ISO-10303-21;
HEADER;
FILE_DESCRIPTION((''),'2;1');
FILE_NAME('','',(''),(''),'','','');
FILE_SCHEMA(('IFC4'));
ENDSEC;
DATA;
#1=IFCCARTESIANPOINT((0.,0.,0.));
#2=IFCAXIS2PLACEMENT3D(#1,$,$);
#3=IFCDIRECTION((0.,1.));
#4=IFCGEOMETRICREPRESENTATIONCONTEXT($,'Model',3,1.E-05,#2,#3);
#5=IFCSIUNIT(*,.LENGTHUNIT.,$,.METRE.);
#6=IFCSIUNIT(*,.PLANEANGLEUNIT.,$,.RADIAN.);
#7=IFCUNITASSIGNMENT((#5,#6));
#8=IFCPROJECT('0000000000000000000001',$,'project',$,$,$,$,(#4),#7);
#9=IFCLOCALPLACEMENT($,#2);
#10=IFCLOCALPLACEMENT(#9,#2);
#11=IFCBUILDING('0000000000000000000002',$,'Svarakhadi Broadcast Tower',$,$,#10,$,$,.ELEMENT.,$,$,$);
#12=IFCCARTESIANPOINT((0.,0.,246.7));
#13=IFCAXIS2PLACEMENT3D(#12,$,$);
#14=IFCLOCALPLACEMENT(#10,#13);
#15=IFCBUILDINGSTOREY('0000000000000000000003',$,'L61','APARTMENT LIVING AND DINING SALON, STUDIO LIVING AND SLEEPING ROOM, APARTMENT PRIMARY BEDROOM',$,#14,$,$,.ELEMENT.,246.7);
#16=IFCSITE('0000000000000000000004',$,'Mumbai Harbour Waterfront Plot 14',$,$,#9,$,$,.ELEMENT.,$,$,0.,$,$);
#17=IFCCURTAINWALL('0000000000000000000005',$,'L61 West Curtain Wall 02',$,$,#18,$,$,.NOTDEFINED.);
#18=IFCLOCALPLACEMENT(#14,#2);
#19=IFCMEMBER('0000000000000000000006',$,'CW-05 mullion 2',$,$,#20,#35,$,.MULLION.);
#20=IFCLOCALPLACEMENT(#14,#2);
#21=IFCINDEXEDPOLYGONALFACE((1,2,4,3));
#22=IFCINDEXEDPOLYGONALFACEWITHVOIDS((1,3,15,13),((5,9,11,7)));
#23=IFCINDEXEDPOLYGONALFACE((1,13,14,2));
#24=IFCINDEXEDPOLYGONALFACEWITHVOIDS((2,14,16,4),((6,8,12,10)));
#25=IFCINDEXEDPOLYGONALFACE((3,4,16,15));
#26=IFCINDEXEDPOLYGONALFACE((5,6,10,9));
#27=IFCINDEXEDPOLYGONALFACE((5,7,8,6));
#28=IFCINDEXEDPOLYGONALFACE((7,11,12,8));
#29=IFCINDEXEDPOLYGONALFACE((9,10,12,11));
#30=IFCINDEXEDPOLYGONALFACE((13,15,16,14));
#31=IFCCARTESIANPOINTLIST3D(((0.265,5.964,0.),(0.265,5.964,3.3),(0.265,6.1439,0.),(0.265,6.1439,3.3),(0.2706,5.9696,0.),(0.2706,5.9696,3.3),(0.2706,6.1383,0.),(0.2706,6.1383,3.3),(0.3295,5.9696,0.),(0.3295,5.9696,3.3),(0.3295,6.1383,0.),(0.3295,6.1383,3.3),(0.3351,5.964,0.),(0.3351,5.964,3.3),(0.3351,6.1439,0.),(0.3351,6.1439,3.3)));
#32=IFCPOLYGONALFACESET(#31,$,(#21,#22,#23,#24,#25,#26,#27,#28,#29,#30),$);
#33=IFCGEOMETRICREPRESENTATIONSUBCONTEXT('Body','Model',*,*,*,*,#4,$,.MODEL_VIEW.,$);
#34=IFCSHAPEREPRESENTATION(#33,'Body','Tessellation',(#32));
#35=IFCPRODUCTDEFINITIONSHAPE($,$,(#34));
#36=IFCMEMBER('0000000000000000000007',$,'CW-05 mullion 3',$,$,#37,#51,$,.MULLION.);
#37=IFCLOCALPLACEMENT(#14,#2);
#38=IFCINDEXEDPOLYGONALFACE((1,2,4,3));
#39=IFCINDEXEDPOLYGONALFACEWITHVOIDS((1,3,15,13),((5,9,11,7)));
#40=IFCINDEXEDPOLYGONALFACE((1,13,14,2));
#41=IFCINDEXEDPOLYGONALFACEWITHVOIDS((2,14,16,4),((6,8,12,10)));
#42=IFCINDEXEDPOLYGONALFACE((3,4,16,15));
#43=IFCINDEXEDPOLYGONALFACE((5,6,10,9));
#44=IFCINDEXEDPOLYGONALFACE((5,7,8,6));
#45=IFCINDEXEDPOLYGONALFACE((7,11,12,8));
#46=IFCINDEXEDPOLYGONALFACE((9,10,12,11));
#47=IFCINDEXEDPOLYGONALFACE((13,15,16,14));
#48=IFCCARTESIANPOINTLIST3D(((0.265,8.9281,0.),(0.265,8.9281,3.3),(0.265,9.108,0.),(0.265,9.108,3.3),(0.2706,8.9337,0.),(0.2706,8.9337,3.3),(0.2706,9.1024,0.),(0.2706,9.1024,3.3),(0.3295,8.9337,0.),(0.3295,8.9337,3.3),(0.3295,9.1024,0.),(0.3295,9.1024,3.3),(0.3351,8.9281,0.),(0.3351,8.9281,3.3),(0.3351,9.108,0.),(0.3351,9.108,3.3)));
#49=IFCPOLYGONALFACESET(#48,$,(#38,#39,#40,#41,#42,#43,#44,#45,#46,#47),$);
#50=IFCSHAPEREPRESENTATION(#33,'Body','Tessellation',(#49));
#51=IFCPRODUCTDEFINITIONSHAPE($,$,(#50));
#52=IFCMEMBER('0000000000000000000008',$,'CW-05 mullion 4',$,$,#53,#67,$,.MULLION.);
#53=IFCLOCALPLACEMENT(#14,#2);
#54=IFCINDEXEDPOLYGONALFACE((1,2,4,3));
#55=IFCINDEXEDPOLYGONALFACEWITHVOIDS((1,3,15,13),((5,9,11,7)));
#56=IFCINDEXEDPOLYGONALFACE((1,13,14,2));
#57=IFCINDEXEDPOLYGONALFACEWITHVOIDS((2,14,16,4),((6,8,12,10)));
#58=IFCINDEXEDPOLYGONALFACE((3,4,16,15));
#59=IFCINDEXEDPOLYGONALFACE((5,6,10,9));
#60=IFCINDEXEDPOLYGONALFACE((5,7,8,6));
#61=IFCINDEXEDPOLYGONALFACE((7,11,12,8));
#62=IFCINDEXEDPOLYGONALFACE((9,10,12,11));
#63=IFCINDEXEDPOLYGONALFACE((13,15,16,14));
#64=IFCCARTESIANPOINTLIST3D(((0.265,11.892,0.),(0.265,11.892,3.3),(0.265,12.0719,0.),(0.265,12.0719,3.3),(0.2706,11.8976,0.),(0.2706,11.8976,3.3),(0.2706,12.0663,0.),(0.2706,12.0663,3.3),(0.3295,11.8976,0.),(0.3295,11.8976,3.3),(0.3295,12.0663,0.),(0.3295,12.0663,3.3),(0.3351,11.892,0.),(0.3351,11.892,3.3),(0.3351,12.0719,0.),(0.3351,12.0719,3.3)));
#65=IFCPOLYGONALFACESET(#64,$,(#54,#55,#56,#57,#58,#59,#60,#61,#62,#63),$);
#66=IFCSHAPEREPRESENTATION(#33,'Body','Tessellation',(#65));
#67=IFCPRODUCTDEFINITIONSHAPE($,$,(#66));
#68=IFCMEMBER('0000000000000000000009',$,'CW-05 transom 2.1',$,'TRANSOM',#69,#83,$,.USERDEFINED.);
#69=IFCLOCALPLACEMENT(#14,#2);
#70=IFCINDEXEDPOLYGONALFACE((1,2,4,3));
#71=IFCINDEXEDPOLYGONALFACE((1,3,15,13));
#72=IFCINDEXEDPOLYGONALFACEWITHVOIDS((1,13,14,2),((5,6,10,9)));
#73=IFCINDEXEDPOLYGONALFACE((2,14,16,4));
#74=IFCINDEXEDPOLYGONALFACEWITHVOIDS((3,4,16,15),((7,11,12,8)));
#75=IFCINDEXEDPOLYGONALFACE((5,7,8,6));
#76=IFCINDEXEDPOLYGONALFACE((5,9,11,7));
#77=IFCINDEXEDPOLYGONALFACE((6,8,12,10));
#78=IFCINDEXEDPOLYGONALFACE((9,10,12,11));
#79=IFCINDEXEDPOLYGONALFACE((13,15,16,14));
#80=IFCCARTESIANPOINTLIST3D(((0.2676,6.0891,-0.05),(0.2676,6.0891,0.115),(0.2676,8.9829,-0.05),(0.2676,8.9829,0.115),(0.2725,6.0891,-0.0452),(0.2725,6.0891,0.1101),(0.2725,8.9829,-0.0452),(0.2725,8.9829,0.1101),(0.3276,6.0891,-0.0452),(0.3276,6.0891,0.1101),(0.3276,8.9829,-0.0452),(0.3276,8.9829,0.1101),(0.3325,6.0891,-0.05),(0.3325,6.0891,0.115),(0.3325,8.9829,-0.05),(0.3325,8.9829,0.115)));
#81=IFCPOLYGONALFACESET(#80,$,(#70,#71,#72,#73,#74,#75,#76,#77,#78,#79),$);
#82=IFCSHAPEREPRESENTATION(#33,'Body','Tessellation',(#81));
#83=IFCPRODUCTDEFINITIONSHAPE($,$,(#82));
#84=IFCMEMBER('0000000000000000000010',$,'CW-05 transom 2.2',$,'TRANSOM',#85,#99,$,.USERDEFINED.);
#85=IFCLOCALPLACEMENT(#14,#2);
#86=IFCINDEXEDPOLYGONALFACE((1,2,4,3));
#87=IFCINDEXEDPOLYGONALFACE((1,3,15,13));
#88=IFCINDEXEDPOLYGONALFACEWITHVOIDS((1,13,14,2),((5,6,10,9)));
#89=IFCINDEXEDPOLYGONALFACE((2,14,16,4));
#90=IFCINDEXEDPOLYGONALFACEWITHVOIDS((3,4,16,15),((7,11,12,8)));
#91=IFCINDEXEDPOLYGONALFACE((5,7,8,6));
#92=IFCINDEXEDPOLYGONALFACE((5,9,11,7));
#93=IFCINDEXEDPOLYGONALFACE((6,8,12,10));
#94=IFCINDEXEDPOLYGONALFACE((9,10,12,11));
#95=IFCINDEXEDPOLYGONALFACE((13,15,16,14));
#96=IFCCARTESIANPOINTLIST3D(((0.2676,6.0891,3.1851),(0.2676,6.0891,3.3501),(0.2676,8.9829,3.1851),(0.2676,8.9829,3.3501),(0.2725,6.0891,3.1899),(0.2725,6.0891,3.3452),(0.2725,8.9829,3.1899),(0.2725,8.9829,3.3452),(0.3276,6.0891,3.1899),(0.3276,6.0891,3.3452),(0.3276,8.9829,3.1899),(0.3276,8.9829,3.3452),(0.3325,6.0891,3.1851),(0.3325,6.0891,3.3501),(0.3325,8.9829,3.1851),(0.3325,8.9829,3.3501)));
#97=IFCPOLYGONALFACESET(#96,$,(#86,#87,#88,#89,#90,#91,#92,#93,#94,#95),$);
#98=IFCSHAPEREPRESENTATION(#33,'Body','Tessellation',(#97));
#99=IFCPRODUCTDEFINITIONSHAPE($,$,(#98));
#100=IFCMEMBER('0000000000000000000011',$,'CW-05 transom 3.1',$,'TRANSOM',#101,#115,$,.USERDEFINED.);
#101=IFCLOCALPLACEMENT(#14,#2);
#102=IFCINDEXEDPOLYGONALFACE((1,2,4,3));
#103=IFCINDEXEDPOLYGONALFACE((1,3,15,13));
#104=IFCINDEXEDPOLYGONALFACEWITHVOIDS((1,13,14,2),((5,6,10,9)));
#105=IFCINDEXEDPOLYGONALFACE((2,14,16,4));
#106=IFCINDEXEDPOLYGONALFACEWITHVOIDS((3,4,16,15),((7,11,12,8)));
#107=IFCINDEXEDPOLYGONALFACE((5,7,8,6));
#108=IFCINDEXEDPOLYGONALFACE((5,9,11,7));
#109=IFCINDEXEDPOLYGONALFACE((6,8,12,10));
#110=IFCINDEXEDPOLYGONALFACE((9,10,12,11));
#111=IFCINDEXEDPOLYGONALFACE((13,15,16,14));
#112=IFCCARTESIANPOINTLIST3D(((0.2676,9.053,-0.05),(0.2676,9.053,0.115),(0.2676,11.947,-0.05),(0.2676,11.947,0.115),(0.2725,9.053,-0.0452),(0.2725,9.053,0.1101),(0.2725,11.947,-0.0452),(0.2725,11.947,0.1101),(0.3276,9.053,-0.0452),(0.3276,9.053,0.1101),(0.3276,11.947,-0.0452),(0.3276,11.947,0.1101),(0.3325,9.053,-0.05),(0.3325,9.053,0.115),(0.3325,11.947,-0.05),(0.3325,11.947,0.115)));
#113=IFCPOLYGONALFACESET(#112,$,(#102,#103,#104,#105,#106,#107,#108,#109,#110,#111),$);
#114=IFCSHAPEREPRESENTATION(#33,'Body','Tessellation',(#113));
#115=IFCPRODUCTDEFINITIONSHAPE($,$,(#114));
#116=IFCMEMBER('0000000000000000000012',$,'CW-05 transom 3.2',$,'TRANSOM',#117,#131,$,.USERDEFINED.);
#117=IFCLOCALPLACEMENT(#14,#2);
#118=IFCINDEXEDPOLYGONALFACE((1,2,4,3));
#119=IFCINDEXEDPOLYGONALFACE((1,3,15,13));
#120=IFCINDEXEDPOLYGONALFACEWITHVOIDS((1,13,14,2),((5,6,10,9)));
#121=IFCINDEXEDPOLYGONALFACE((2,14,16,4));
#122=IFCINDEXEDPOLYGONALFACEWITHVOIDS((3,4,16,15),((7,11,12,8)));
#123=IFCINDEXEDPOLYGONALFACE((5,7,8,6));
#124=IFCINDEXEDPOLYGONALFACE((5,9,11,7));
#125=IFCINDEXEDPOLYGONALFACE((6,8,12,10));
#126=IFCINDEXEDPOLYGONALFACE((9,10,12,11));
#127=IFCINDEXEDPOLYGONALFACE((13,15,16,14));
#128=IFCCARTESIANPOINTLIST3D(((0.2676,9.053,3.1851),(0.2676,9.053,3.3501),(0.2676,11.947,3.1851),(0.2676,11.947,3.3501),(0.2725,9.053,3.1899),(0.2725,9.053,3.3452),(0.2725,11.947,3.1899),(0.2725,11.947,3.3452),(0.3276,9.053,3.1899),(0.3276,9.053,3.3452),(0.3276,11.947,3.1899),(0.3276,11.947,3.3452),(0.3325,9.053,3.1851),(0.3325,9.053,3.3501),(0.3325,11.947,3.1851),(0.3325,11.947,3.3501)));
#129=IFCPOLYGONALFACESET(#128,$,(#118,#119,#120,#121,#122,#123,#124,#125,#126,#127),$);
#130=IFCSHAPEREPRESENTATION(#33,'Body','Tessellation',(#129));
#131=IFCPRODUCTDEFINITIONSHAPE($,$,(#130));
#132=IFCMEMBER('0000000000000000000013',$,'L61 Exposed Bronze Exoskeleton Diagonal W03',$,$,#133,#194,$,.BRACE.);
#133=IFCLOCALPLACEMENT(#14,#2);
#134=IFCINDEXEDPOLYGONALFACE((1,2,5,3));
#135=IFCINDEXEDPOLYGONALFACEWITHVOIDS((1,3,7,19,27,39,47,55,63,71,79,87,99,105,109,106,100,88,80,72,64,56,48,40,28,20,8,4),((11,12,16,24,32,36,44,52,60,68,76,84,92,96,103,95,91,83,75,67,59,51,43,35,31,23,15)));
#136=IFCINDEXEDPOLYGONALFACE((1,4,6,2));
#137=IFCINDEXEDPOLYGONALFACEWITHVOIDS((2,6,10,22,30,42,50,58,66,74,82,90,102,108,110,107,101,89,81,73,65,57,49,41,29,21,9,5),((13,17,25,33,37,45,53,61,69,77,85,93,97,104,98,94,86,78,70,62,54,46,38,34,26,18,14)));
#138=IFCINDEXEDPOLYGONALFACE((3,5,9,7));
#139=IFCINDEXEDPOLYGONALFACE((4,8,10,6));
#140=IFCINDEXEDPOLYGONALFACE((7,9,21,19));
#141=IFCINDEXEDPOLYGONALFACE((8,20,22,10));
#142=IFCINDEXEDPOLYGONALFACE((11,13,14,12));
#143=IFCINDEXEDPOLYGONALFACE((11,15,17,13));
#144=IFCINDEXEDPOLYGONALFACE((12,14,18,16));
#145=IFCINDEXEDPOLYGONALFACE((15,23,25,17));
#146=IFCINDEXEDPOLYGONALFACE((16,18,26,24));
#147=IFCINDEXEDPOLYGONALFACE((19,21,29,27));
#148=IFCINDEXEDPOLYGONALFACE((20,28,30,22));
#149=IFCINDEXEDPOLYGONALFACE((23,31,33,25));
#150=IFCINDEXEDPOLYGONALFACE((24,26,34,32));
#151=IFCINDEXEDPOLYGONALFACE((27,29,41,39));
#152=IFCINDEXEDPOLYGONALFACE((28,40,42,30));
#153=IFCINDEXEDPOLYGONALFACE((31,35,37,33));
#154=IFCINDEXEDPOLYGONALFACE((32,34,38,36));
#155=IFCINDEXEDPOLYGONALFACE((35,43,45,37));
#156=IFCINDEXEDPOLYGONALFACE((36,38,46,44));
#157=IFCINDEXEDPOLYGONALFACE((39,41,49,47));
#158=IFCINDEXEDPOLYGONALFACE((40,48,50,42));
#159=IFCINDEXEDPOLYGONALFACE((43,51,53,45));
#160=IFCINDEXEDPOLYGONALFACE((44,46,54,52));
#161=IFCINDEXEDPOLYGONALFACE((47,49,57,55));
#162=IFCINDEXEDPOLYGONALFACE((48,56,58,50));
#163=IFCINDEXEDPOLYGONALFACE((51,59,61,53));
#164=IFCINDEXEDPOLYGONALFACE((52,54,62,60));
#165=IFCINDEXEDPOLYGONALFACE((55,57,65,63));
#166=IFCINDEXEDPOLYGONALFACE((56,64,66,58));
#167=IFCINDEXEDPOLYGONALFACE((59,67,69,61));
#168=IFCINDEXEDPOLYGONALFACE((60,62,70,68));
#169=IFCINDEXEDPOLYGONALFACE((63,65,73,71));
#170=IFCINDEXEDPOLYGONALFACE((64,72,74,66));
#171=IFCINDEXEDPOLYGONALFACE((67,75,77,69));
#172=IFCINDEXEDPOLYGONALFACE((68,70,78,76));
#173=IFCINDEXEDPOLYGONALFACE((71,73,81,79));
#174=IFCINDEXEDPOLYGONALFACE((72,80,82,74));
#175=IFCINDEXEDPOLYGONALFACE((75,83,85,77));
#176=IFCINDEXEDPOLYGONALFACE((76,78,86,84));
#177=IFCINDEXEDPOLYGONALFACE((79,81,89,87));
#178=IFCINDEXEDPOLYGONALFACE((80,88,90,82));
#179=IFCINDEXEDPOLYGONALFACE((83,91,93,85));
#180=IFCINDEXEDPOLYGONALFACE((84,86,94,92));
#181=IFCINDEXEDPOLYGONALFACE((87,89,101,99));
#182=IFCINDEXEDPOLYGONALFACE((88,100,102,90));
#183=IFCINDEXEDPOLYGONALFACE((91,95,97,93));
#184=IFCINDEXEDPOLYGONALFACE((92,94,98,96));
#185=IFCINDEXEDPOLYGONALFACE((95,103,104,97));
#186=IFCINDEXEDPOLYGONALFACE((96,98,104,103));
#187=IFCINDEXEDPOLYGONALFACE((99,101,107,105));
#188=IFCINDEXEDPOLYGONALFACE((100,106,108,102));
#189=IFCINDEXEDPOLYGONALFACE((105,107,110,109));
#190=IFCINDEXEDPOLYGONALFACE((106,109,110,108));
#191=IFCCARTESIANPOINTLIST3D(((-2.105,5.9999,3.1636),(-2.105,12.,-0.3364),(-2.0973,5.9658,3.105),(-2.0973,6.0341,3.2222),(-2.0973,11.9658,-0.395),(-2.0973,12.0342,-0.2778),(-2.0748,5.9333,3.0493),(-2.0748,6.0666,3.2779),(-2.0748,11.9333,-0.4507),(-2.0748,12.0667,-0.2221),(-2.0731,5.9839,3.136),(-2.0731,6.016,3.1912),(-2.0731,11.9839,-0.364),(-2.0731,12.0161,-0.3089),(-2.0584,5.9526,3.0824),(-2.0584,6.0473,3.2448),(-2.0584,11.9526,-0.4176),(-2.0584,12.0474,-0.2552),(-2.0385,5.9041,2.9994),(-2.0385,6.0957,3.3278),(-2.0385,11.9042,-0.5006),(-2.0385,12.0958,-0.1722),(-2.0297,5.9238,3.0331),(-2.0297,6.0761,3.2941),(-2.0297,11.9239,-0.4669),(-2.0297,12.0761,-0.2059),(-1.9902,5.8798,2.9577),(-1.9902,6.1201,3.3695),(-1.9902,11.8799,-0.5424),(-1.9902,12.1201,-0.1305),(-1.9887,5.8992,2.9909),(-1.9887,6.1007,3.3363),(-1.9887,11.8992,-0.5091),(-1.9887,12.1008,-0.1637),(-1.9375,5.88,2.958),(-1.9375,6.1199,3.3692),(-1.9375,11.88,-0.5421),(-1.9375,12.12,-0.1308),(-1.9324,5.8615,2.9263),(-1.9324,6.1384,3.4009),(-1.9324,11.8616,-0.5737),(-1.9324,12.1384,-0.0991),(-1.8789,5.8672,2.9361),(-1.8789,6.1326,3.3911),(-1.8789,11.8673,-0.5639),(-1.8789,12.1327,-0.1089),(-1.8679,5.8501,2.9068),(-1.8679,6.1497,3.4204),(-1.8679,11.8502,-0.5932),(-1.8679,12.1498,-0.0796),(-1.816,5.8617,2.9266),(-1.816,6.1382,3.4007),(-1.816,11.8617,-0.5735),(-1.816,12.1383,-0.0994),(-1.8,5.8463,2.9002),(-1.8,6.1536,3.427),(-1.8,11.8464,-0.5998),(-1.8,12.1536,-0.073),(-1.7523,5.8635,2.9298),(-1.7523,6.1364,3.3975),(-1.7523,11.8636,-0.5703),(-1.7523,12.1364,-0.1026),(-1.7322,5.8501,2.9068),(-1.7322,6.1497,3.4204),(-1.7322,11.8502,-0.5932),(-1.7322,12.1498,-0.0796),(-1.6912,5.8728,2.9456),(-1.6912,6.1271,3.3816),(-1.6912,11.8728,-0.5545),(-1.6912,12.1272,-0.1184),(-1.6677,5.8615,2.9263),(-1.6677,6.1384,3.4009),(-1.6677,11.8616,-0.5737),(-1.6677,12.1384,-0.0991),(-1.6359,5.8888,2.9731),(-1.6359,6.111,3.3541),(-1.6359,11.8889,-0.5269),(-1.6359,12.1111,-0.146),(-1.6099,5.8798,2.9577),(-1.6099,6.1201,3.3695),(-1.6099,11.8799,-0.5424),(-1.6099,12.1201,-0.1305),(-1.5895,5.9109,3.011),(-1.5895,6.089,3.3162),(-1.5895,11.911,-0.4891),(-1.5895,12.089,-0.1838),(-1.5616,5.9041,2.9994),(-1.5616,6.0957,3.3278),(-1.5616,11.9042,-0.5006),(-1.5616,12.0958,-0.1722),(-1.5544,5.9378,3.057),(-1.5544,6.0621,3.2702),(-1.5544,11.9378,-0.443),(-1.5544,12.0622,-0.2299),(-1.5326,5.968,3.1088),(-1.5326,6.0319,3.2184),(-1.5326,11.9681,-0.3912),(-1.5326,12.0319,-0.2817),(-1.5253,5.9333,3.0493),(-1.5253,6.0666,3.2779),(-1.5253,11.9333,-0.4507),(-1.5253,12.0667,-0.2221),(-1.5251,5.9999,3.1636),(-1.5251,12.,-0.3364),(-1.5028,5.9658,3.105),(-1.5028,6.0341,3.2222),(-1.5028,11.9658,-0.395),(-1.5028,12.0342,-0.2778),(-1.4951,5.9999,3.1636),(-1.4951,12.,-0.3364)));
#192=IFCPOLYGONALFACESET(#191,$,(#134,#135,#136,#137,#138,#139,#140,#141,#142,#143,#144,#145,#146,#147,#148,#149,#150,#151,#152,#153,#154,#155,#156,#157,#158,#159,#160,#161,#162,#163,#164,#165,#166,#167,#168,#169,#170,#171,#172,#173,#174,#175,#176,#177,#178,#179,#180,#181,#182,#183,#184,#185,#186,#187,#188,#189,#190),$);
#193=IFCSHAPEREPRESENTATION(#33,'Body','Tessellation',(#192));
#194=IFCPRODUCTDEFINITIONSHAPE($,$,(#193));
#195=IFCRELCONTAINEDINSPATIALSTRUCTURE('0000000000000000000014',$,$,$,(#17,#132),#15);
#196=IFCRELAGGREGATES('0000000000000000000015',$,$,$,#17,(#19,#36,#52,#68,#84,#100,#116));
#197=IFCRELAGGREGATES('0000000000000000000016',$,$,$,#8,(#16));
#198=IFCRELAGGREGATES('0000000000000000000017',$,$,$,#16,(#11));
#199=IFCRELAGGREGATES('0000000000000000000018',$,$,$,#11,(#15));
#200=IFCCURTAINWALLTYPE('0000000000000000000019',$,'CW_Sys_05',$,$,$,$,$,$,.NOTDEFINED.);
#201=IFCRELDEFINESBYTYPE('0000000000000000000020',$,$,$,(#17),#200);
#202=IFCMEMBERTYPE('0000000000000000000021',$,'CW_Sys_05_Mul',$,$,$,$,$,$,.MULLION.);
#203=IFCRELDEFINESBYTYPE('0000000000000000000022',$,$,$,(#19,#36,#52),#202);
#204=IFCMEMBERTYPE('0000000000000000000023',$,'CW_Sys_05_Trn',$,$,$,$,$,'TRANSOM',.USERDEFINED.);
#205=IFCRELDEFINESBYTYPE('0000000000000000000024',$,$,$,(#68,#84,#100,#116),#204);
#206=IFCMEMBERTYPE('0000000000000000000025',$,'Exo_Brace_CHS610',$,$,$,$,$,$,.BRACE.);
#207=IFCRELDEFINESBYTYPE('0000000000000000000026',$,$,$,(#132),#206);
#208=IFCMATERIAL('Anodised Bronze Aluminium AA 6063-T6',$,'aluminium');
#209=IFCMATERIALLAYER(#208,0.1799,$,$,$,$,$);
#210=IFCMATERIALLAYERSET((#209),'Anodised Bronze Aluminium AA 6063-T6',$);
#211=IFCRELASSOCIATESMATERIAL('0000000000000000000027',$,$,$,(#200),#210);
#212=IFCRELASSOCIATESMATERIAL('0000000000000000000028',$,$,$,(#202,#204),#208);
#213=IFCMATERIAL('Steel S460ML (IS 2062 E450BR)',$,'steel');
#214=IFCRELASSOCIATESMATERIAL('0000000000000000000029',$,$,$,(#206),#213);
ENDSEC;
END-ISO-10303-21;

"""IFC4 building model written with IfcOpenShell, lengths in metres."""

from ifc_helpers import new_model, si_unit, direction, frame, origin, origin_2d, place, context, subcontext, project, spatial, hollow_rectangle, hollow_circle, extrude, material, layer, layer_set, material_profile, profile_set, type_object, element, aggregate, save


model = new_model("IFC4")

# Units and contexts
model_context = context("Model", 3, precision=1e-05, world=origin(), true_north=direction((0.0, 1.0)))
body_context = subcontext(model_context, "Body", "Model", "MODEL_VIEW")
ifc_project = project(units=[si_unit("LENGTHUNIT", "METRE"), si_unit("PLANEANGLEUNIT", "RADIAN")], contexts=[model_context])

# Site, building, storey
site_placement = place(None, origin())
site = spatial("IfcSite", under=ifc_project, at=site_placement, Name="Mumbai Harbour Waterfront Plot 14", CompositionType="ELEMENT", RefElevation=0.0)
building_placement = place(site_placement, origin())
building = spatial("IfcBuilding", under=site, at=building_placement, Name="Svarakhadi Broadcast Tower", CompositionType="ELEMENT")
storey_placement = place(building_placement, frame((0.0, 0.0, 246.7)))
storey = spatial("IfcBuildingStorey", under=building, at=storey_placement, Name="L61", Description="APARTMENT LIVING AND DINING SALON, STUDIO LIVING AND SLEEPING ROOM, APARTMENT PRIMARY BEDROOM", CompositionType="ELEMENT", Elevation=246.7)

# Shared definitions
ifc_material_1 = material(Name="Steel S460ML (IS 2062 E450BR)", Category="steel")

# Curtain wall, members
ifc_material_2 = material(Name="Anodised Bronze Aluminium AA 6063-T6", Category="aluminium")
ifc_layer_1 = layer(ifc_material_2, 0.1799)
ifc_layer_set_1 = layer_set([ifc_layer_1], Name="Anodised Bronze Aluminium AA 6063-T6")
curtain_wall_type = type_object("IfcCurtainWallType", Name="CW_Sys_05", PredefinedType="NOTDEFINED", material=ifc_layer_set_1)
curtain_wall_placement = place(storey_placement, origin())
curtain_wall = element("IfcCurtainWall", 1, at=curtain_wall_placement, inside=storey, type_object=curtain_wall_type, Name="L61 West Curtain Wall 02", PredefinedType="NOTDEFINED")
ifc_material_profile_1 = material_profile(ifc_material_2, hollow_rectangle(XDim=0.0701, YDim=0.1799, WallThickness=0.0056, at=origin_2d()), Name="ALU MULLION 180x70x6")
ifc_profile_set_1 = profile_set([ifc_material_profile_1], Name="Anodised Bronze Aluminium AA 6063-T6")
member_type_1 = type_object("IfcMemberType", Name="CW_Sys_05_Mul", PredefinedType="MULLION", material=ifc_profile_set_1)
member_1_placement = place(storey_placement, frame((0.3, 6.054, 0.0), z_axis=(0.0, 0.0, 1.0), x_axis=(-1.0, 0.0, 0.0)))
member_1 = element("IfcMember", 2, at=member_1_placement, type_object=member_type_1, Name="CW-05 mullion 2", PredefinedType="MULLION", context=body_context, shape_type="SweptSolid", body=[
    extrude(hollow_rectangle(XDim=0.0701, YDim=0.1799, WallThickness=0.0056, at=origin_2d()), origin(), (0.0, 0.0, 1.0), 3.3),
])
member_2_placement = place(storey_placement, frame((0.3, 9.0181, 0.0), z_axis=(0.0, 0.0, 1.0), x_axis=(-1.0, 0.0, 0.0)))
member_2 = element("IfcMember", 3, at=member_2_placement, type_object=member_type_1, Name="CW-05 mullion 3", PredefinedType="MULLION", context=body_context, shape_type="SweptSolid", body=[
    extrude(hollow_rectangle(XDim=0.0701, YDim=0.1799, WallThickness=0.0056, at=origin_2d()), origin(), (0.0, 0.0, 1.0), 3.3),
])
member_3_placement = place(storey_placement, frame((0.3, 11.9819, 0.0), z_axis=(0.0, 0.0, 1.0), x_axis=(-1.0, 0.0, 0.0)))
member_3 = element("IfcMember", 4, at=member_3_placement, type_object=member_type_1, Name="CW-05 mullion 4", PredefinedType="MULLION", context=body_context, shape_type="SweptSolid", body=[
    extrude(hollow_rectangle(XDim=0.0701, YDim=0.1799, WallThickness=0.0056, at=origin_2d()), origin(), (0.0, 0.0, 1.0), 3.3),
])
ifc_material_profile_2 = material_profile(ifc_material_2, hollow_rectangle(XDim=0.0649, YDim=0.165, WallThickness=0.0049, at=origin_2d()), Name="ALU TRANSOM 165x65x5")
ifc_profile_set_2 = profile_set([ifc_material_profile_2], Name="Anodised Bronze Aluminium AA 6063-T6")
member_type_2 = type_object("IfcMemberType", Name="CW_Sys_05_Trn", ElementType="TRANSOM", PredefinedType="USERDEFINED", material=ifc_profile_set_2)
member_4_placement = place(storey_placement, frame((0.3, 6.0891, 0.0325), z_axis=(0.0, 1.0, 0.0), x_axis=(-1.0, 0.0, 0.0)))
member_4 = element("IfcMember", 5, at=member_4_placement, type_object=member_type_2, Name="CW-05 transom 2.1", ObjectType="TRANSOM", PredefinedType="USERDEFINED", context=body_context, shape_type="SweptSolid", body=[
    extrude(hollow_rectangle(XDim=0.0649, YDim=0.165, WallThickness=0.0049, at=origin_2d()), origin(), (0.0, 0.0, 1.0), 2.8938),
])
member_5_placement = place(storey_placement, frame((0.3, 6.0891, 3.2676), z_axis=(0.0, 1.0, 0.0), x_axis=(-1.0, 0.0, 0.0)))
member_5 = element("IfcMember", 6, at=member_5_placement, type_object=member_type_2, Name="CW-05 transom 2.2", ObjectType="TRANSOM", PredefinedType="USERDEFINED", context=body_context, shape_type="SweptSolid", body=[
    extrude(hollow_rectangle(XDim=0.0649, YDim=0.165, WallThickness=0.0049, at=origin_2d()), origin(), (0.0, 0.0, 1.0), 2.8938),
])
member_6_placement = place(storey_placement, frame((0.3, 9.053, 0.0325), z_axis=(0.0, 1.0, 0.0), x_axis=(-1.0, 0.0, 0.0)))
member_6 = element("IfcMember", 7, at=member_6_placement, type_object=member_type_2, Name="CW-05 transom 3.1", ObjectType="TRANSOM", PredefinedType="USERDEFINED", context=body_context, shape_type="SweptSolid", body=[
    extrude(hollow_rectangle(XDim=0.0649, YDim=0.165, WallThickness=0.0049, at=origin_2d()), origin(), (0.0, 0.0, 1.0), 2.894),
])
member_7_placement = place(storey_placement, frame((0.3, 9.053, 3.2676), z_axis=(0.0, 1.0, 0.0), x_axis=(-1.0, 0.0, 0.0)))
member_7 = element("IfcMember", 8, at=member_7_placement, type_object=member_type_2, Name="CW-05 transom 3.2", ObjectType="TRANSOM", PredefinedType="USERDEFINED", context=body_context, shape_type="SweptSolid", body=[
    extrude(hollow_rectangle(XDim=0.0649, YDim=0.165, WallThickness=0.0049, at=origin_2d()), origin(), (0.0, 0.0, 1.0), 2.894),
])

# Member
ifc_material_profile_3 = material_profile(ifc_material_1, hollow_circle(Radius=0.3049, WallThickness=0.03, at=origin_2d()), Name="CHS 610x30")
ifc_profile_set_3 = profile_set([ifc_material_profile_3], Name="Steel S460ML (IS 2062 E450BR)")
member_type_3 = type_object("IfcMemberType", Name="Exo_Brace_CHS610", PredefinedType="BRACE", material=ifc_profile_set_3)
member_8_placement = place(storey_placement, frame((-1.8, 12.0, -0.3364), z_axis=(0.0, -0.863779, 0.503871), x_axis=(1.0, 0.0, 0.0)))
element("IfcMember", 9, at=member_8_placement, inside=storey, type_object=member_type_3, Name="L61 Exposed Bronze Exoskeleton Diagonal W03", PredefinedType="BRACE", context=body_context, shape_type="SweptSolid", body=[
    extrude(hollow_circle(Radius=0.3049, WallThickness=0.03, at=origin_2d()), origin(), (0.0, 0.0, 1.0), 6.9463),
])

aggregate(curtain_wall, [member_1, member_2, member_3, member_4, member_5, member_6, member_7])

save(model, "model.ifc")
